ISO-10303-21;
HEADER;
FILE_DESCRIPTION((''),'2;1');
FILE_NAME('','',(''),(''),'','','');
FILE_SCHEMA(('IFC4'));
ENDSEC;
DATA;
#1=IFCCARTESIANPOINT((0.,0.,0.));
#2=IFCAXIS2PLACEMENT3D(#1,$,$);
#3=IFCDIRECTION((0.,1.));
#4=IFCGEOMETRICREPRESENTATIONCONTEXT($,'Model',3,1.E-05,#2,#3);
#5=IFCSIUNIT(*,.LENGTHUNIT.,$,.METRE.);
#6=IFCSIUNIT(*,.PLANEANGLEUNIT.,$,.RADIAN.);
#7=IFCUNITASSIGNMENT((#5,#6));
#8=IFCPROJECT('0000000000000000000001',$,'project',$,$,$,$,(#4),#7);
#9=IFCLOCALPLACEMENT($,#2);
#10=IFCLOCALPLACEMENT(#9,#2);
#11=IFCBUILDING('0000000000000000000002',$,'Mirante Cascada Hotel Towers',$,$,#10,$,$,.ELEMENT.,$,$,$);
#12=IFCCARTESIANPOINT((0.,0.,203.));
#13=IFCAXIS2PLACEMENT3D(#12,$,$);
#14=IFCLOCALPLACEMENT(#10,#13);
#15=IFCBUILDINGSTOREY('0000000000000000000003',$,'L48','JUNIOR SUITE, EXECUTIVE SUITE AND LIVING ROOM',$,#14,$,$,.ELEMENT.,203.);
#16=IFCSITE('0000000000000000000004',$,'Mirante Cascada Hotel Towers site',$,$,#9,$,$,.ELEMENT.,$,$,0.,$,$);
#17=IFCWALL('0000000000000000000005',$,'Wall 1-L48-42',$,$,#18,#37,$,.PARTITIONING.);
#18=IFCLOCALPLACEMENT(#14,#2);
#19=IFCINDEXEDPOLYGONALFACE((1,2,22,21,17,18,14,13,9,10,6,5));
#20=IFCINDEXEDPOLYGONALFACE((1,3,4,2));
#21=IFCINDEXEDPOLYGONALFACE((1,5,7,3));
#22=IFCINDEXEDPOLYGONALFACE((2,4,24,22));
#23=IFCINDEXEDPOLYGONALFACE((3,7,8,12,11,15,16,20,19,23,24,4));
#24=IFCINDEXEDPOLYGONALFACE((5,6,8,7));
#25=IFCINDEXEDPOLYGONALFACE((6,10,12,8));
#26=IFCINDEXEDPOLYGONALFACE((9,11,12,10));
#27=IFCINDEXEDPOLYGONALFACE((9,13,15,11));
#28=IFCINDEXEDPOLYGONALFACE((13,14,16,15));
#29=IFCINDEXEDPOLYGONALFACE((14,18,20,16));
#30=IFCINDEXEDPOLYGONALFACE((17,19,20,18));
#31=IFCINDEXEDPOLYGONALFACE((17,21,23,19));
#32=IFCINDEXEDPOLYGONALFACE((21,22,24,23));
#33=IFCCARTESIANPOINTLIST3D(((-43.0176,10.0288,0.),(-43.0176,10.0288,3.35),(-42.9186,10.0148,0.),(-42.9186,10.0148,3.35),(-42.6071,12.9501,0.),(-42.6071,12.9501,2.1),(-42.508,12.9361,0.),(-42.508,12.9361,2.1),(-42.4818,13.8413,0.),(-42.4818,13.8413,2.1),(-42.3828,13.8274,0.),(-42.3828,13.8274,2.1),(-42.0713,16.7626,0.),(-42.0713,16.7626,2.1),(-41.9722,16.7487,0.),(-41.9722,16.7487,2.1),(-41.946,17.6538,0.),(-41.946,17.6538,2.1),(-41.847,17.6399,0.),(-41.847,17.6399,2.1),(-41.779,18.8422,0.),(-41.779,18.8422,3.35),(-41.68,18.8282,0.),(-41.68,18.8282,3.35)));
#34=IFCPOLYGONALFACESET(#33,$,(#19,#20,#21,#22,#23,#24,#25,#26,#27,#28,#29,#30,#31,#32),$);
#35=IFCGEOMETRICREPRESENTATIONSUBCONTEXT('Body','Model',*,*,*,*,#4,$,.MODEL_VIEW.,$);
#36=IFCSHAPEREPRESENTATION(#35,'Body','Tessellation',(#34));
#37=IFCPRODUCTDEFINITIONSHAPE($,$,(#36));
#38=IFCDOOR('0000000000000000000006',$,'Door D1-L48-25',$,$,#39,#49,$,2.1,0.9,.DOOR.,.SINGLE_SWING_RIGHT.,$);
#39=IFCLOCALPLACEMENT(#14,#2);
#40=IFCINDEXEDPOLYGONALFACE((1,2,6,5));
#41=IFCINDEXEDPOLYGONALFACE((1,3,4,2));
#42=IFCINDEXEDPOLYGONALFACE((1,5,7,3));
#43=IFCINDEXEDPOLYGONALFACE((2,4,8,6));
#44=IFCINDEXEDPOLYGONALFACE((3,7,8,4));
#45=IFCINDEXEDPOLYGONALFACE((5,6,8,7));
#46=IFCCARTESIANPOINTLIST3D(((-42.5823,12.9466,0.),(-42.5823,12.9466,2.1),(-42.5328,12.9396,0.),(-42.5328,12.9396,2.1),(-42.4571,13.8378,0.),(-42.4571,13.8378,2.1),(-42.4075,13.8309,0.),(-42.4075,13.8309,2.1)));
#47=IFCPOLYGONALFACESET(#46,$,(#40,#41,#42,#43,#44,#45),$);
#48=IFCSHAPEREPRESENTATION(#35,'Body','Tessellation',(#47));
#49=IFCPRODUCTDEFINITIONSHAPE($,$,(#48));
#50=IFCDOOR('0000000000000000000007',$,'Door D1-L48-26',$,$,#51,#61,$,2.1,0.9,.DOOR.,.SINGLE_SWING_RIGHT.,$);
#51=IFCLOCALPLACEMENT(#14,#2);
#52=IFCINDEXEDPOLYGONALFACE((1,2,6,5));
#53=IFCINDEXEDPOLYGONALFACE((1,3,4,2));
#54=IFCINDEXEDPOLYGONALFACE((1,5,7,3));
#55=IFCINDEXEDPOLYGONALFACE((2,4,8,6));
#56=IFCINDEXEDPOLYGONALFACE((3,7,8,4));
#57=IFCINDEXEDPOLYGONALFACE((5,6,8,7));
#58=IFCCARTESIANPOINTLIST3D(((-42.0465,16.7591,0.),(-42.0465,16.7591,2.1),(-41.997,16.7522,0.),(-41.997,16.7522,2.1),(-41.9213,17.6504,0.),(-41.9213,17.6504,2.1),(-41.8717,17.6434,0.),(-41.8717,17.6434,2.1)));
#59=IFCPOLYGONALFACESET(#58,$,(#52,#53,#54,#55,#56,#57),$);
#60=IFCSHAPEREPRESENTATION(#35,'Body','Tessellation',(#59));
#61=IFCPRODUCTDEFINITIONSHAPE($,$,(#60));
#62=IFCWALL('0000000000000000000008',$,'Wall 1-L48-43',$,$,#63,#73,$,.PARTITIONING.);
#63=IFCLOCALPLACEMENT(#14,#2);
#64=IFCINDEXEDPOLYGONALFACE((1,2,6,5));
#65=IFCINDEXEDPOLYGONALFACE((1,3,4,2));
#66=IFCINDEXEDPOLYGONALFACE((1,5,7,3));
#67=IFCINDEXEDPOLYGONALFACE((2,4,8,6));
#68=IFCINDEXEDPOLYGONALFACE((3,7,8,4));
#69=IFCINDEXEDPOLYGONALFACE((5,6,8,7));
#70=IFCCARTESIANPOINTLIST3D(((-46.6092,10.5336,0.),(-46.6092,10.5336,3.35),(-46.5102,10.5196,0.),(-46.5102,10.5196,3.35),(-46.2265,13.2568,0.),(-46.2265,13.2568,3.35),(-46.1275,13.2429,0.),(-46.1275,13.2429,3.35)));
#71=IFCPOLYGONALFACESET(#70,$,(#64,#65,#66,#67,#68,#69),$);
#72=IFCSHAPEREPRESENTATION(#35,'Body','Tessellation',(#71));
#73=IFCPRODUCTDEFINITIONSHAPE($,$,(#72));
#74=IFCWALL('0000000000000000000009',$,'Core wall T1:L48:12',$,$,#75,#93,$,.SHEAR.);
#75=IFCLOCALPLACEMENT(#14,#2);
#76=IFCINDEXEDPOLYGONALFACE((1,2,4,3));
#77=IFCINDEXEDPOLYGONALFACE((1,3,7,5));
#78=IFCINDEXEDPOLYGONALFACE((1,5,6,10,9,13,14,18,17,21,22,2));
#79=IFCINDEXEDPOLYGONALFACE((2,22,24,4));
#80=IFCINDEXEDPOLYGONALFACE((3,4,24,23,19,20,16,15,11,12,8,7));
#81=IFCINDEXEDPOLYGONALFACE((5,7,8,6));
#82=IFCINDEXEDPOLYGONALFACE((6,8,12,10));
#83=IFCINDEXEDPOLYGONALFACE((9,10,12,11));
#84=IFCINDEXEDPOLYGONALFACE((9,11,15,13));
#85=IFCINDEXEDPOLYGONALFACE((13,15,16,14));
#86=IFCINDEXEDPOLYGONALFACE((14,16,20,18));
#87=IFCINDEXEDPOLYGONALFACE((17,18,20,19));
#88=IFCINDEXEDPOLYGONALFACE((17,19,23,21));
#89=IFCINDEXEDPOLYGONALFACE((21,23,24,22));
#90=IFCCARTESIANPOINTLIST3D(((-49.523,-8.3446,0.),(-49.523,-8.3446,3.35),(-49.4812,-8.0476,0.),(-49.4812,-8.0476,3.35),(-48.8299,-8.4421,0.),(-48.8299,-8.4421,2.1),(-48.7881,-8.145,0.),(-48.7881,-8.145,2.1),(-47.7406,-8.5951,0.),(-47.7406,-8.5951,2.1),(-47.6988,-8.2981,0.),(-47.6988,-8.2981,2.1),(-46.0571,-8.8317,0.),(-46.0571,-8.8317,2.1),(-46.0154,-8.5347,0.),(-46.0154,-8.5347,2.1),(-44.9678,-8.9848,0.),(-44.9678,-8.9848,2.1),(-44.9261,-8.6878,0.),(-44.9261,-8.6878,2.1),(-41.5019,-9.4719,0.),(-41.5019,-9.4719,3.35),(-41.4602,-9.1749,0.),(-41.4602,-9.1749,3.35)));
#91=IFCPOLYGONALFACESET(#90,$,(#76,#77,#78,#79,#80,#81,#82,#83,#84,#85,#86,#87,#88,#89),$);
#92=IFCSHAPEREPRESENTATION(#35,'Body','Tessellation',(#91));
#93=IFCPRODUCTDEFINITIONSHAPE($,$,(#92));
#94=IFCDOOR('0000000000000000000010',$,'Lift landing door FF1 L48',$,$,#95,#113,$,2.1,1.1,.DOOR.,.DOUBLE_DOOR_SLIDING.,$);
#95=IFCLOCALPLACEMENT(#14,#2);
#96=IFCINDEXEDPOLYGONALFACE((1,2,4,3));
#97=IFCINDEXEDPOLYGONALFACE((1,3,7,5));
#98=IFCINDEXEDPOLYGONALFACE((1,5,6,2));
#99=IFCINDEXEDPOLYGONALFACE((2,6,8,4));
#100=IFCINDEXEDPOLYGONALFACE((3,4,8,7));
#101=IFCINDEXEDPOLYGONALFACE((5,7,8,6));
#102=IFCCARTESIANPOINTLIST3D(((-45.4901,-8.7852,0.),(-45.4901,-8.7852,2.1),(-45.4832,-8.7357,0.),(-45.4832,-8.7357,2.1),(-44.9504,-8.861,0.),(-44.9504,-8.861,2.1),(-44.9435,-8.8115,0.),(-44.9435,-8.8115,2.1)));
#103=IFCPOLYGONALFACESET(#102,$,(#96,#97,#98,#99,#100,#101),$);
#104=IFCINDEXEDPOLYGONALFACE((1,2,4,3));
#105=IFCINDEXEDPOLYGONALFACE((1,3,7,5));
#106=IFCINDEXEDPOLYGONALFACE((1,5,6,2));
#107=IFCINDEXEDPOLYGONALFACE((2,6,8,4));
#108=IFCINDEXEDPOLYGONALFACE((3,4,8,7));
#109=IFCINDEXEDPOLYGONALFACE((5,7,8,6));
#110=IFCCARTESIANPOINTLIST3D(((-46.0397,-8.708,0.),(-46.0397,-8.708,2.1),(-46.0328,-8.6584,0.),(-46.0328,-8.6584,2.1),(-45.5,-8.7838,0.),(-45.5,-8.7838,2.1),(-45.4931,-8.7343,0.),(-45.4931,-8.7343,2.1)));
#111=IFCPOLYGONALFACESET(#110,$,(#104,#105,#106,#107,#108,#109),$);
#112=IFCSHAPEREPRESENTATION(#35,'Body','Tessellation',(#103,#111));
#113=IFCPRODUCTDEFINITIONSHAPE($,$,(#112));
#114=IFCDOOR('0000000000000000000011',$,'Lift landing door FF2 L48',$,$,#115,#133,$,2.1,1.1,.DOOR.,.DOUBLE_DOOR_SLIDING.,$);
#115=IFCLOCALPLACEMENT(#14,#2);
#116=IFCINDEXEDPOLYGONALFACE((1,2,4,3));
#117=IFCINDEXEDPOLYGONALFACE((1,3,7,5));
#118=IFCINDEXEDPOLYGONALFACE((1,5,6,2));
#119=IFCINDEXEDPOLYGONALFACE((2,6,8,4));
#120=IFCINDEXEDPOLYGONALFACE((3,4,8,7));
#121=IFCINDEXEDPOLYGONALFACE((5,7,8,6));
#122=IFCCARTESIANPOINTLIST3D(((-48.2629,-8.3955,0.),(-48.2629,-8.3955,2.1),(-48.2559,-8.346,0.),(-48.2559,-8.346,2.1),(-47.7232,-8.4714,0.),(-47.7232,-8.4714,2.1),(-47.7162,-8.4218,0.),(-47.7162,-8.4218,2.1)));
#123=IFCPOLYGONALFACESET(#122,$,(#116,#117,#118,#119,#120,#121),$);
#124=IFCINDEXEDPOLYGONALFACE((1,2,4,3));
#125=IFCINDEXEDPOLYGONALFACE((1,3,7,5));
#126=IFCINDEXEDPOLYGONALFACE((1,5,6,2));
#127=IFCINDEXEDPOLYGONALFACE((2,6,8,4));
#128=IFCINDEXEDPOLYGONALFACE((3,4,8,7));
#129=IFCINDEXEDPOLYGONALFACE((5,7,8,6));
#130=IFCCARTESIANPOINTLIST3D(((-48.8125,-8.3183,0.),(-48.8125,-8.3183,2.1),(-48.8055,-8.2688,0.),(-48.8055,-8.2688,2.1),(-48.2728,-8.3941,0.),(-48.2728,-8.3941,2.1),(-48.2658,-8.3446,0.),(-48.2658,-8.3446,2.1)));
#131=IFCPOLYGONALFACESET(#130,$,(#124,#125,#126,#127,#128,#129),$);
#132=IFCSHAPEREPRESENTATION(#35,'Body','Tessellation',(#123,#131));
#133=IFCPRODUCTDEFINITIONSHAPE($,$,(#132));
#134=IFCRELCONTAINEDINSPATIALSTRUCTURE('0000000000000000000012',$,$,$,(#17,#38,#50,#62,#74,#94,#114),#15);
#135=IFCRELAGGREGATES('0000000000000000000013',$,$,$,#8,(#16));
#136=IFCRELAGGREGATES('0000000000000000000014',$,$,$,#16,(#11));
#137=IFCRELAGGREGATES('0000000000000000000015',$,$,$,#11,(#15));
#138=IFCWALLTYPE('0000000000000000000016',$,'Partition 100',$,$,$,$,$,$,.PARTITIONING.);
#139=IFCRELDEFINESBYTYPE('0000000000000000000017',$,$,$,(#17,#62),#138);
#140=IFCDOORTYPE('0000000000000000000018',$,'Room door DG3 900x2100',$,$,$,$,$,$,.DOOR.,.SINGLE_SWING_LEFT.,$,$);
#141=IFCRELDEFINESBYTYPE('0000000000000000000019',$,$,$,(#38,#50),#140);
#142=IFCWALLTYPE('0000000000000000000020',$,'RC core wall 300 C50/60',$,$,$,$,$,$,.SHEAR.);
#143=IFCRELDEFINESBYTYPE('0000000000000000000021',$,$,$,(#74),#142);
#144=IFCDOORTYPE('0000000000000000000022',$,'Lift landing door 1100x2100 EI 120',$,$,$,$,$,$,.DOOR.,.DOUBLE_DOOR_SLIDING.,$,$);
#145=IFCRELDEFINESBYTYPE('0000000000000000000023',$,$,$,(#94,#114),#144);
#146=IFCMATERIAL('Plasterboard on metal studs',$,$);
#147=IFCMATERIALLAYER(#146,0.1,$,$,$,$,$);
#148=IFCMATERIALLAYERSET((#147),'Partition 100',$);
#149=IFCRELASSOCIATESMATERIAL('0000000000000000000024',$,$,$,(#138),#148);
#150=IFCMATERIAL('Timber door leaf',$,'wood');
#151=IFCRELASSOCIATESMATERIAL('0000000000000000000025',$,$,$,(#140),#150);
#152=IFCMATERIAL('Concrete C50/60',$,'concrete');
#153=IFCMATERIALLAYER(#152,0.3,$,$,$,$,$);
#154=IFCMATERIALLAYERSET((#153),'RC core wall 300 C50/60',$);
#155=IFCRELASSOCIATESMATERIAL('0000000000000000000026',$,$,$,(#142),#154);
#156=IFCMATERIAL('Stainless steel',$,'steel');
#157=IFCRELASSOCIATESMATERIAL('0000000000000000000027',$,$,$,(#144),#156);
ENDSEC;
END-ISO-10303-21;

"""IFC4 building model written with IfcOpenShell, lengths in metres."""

from ifc_helpers import new_model, si_unit, direction, frame, frame_2d, origin, place, context, subcontext, project, spatial, rectangle, extrude, material, layer, layer_set, type_object, element, fill, save


model = new_model("IFC4")

# Units and contexts
model_context = context("Model", 3, precision=1e-05, world=origin(), true_north=direction((0.0, 1.0)))
body_context = subcontext(model_context, "Body", "Model", "MODEL_VIEW")
ifc_project = project(units=[si_unit("LENGTHUNIT", "METRE"), si_unit("PLANEANGLEUNIT", "RADIAN")], contexts=[model_context])

# Site, building, storey
site_placement = place(None, origin())
site = spatial("IfcSite", under=ifc_project, at=site_placement, Name="Mirante Cascada Hotel Towers site", CompositionType="ELEMENT", RefElevation=0.0)
building_placement = place(site_placement, origin())
building = spatial("IfcBuilding", under=site, at=building_placement, Name="Mirante Cascada Hotel Towers", CompositionType="ELEMENT")
storey_placement = place(building_placement, frame((0.0, 0.0, 203.0)))
storey = spatial("IfcBuildingStorey", under=building, at=storey_placement, Name="L48", Description="JUNIOR SUITE, EXECUTIVE SUITE AND LIVING ROOM", CompositionType="ELEMENT", Elevation=203.0)

# Shared definitions
ifc_material_1 = material(Name="Plasterboard on metal studs")
ifc_layer_1 = layer(ifc_material_1, 0.1)
ifc_layer_set_1 = layer_set([ifc_layer_1], Name="Partition 100")
wall_type_1 = type_object("IfcWallType", Name="Partition 100", PredefinedType="PARTITIONING", material=ifc_layer_set_1)

# Wall, openings, doors
wall_1_placement = place(storey_placement, frame((-41.7295, 18.8352, 0.0), z_axis=(0.0, 0.0, 1.0), x_axis=(-0.139168, -0.990269, 0.0)))
wall_1 = element("IfcWall", 1, at=wall_1_placement, inside=storey, type_object=wall_type_1, Name="Wall 1-L48-42", PredefinedType="PARTITIONING", context=body_context, shape_type="SweptSolid", body=[
    extrude(rectangle(XDim=8.9, YDim=0.1, at=frame_2d((4.45, 0.0))), origin(), (0.0, 0.0, 1.0), 3.35),
])
opening_1_placement = place(wall_1_placement, frame((5.05, 0.0, 0.0)))
opening_1 = element("IfcOpeningElement", 2, at=opening_1_placement, cuts=wall_1, PredefinedType="OPENING", context=body_context, shape_type="SweptSolid", body=[
    extrude(rectangle(XDim=0.9, YDim=2.1, at=frame_2d((0.45, 1.05))), frame((0.0, 0.05, 0.0), z_axis=(0.0, -1.0, 0.0), x_axis=(1.0, 0.0, 0.0)), (0.0, 0.0, 1.0), 0.1),
])
opening_2_placement = place(wall_1_placement, frame((1.2, 0.0, 0.0)))
opening_2 = element("IfcOpeningElement", 3, at=opening_2_placement, cuts=wall_1, PredefinedType="OPENING", context=body_context, shape_type="SweptSolid", body=[
    extrude(rectangle(XDim=0.9, YDim=2.1, at=frame_2d((0.45, 1.05))), frame((0.0, 0.05, 0.0), z_axis=(0.0, -1.0, 0.0), x_axis=(1.0, 0.0, 0.0)), (0.0, 0.0, 1.0), 0.1),
])
ifc_material_2 = material(Name="Timber door leaf", Category="wood")
door_type_1 = type_object("IfcDoorType", Name="Room door DG3 900x2100", OperationType="SINGLE_SWING_LEFT", PredefinedType="DOOR", material=ifc_material_2)
door_1_placement = place(opening_1_placement, frame((0.9, 0.0, 0.0), z_axis=(0.0, 0.0, 1.0), x_axis=(-1.0, 0.0, 0.0)))
door_1 = element("IfcDoor", 4, at=door_1_placement, inside=storey, type_object=door_type_1, Name="Door D1-L48-25", OperationType="SINGLE_SWING_RIGHT", OverallHeight=2.1, OverallWidth=0.9, PredefinedType="DOOR", context=body_context, shape_type="SweptSolid", body=[
    extrude(rectangle(XDim=0.9, YDim=2.1, at=frame_2d((0.45, 1.05))), frame((0.0, 0.025, 0.0), z_axis=(0.0, -1.0, 0.0), x_axis=(1.0, 0.0, 0.0)), (0.0, 0.0, 1.0), 0.05),
])
fill(opening_1, door_1)
door_2_placement = place(opening_2_placement, frame((0.9, 0.0, 0.0), z_axis=(0.0, 0.0, 1.0), x_axis=(-1.0, 0.0, 0.0)))
door_2 = element("IfcDoor", 5, at=door_2_placement, inside=storey, type_object=door_type_1, Name="Door D1-L48-26", OperationType="SINGLE_SWING_RIGHT", OverallHeight=2.1, OverallWidth=0.9, PredefinedType="DOOR", context=body_context, shape_type="SweptSolid", body=[
    extrude(rectangle(XDim=0.9, YDim=2.1, at=frame_2d((0.45, 1.05))), frame((0.0, 0.025, 0.0), z_axis=(0.0, -1.0, 0.0), x_axis=(1.0, 0.0, 0.0)), (0.0, 0.0, 1.0), 0.05),
])
fill(opening_2, door_2)

# Wall
wall_2_placement = place(storey_placement, frame((-46.5597, 10.5266, 0.0), z_axis=(0.0, 0.0, 1.0), x_axis=(0.139166, 0.990269, 0.0)))
element("IfcWall", 6, at=wall_2_placement, inside=storey, type_object=wall_type_1, Name="Wall 1-L48-43", PredefinedType="PARTITIONING", context=body_context, shape_type="SweptSolid", body=[
    extrude(rectangle(XDim=2.75, YDim=0.1, at=frame_2d((1.375, 0.0))), origin(), (0.0, 0.0, 1.0), 3.35),
])

# Wall, openings, doors
ifc_material_3 = material(Name="Concrete C50/60", Category="concrete")
ifc_layer_2 = layer(ifc_material_3, 0.3)
ifc_layer_set_2 = layer_set([ifc_layer_2], Name="RC core wall 300 C50/60")
wall_type_2 = type_object("IfcWallType", Name="RC core wall 300 C50/60", PredefinedType="SHEAR", material=ifc_layer_set_2)
wall_3_placement = place(storey_placement, frame((-41.481, -9.3234, 0.0), z_axis=(0.0, 0.0, 1.0), x_axis=(-0.990268, 0.139174, 0.0)))
wall_3 = element("IfcWall", 7, at=wall_3_placement, inside=storey, type_object=wall_type_2, Name="Core wall T1:L48:12", PredefinedType="SHEAR", context=body_context, shape_type="SweptSolid", body=[
    extrude(rectangle(XDim=8.0999, YDim=0.3, at=frame_2d((4.05, 0.0))), origin(), (0.0, 0.0, 1.0), 3.35),
])
opening_3_placement = place(wall_3_placement, frame((3.5, 0.0, 0.0)))
opening_3 = element("IfcOpeningElement", 8, at=opening_3_placement, cuts=wall_3, PredefinedType="OPENING", context=body_context, shape_type="SweptSolid", body=[
    extrude(rectangle(XDim=1.1, YDim=2.1, at=frame_2d((0.55, 1.05))), frame((0.0, 0.15, 0.0), z_axis=(0.0, -1.0, 0.0), x_axis=(1.0, 0.0, 0.0)), (0.0, 0.0, 1.0), 0.3),
])
opening_4_placement = place(wall_3_placement, frame((6.3, 0.0, 0.0)))
opening_4 = element("IfcOpeningElement", 9, at=opening_4_placement, cuts=wall_3, PredefinedType="OPENING", context=body_context, shape_type="SweptSolid", body=[
    extrude(rectangle(XDim=1.1, YDim=2.1, at=frame_2d((0.55, 1.05))), frame((0.0, 0.15, 0.0), z_axis=(0.0, -1.0, 0.0), x_axis=(1.0, 0.0, 0.0)), (0.0, 0.0, 1.0), 0.3),
])
ifc_material_4 = material(Name="Stainless steel", Category="steel")
door_type_2 = type_object("IfcDoorType", Name="Lift landing door 1100x2100 EI 120", OperationType="DOUBLE_DOOR_SLIDING", PredefinedType="DOOR", material=ifc_material_4)
door_3_placement = place(opening_3_placement, origin())
door_3 = element("IfcDoor", 10, at=door_3_placement, inside=storey, type_object=door_type_2, Name="Lift landing door FF1 L48", OperationType="DOUBLE_DOOR_SLIDING", OverallHeight=2.1, OverallWidth=1.1, PredefinedType="DOOR", context=body_context, shape_type="SweptSolid", body=[
    extrude(rectangle(XDim=0.545, YDim=2.1, at=frame_2d((0.2725, 1.05))), frame((0.0, 0.025, 0.0), z_axis=(0.0, -1.0, 0.0), x_axis=(1.0, 0.0, 0.0)), (0.0, 0.0, 1.0), 0.05),
    extrude(rectangle(XDim=0.545, YDim=2.1, at=frame_2d((0.8275, 1.05))), frame((0.0, 0.025, 0.0), z_axis=(0.0, -1.0, 0.0), x_axis=(1.0, 0.0, 0.0)), (0.0, 0.0, 1.0), 0.05),
])
fill(opening_3, door_3)
door_4_placement = place(opening_4_placement, origin())
door_4 = element("IfcDoor", 11, at=door_4_placement, inside=storey, type_object=door_type_2, Name="Lift landing door FF2 L48", OperationType="DOUBLE_DOOR_SLIDING", OverallHeight=2.1, OverallWidth=1.1, PredefinedType="DOOR", context=body_context, shape_type="SweptSolid", body=[
    extrude(rectangle(XDim=0.545, YDim=2.1, at=frame_2d((0.2725, 1.05))), frame((0.0, 0.025, 0.0), z_axis=(0.0, -1.0, 0.0), x_axis=(1.0, 0.0, 0.0)), (0.0, 0.0, 1.0), 0.05),
    extrude(rectangle(XDim=0.545, YDim=2.1, at=frame_2d((0.8275, 1.05))), frame((0.0, 0.025, 0.0), z_axis=(0.0, -1.0, 0.0), x_axis=(1.0, 0.0, 0.0)), (0.0, 0.0, 1.0), 0.05),
])
fill(opening_4, door_4)

save(model, "model.ifc")
